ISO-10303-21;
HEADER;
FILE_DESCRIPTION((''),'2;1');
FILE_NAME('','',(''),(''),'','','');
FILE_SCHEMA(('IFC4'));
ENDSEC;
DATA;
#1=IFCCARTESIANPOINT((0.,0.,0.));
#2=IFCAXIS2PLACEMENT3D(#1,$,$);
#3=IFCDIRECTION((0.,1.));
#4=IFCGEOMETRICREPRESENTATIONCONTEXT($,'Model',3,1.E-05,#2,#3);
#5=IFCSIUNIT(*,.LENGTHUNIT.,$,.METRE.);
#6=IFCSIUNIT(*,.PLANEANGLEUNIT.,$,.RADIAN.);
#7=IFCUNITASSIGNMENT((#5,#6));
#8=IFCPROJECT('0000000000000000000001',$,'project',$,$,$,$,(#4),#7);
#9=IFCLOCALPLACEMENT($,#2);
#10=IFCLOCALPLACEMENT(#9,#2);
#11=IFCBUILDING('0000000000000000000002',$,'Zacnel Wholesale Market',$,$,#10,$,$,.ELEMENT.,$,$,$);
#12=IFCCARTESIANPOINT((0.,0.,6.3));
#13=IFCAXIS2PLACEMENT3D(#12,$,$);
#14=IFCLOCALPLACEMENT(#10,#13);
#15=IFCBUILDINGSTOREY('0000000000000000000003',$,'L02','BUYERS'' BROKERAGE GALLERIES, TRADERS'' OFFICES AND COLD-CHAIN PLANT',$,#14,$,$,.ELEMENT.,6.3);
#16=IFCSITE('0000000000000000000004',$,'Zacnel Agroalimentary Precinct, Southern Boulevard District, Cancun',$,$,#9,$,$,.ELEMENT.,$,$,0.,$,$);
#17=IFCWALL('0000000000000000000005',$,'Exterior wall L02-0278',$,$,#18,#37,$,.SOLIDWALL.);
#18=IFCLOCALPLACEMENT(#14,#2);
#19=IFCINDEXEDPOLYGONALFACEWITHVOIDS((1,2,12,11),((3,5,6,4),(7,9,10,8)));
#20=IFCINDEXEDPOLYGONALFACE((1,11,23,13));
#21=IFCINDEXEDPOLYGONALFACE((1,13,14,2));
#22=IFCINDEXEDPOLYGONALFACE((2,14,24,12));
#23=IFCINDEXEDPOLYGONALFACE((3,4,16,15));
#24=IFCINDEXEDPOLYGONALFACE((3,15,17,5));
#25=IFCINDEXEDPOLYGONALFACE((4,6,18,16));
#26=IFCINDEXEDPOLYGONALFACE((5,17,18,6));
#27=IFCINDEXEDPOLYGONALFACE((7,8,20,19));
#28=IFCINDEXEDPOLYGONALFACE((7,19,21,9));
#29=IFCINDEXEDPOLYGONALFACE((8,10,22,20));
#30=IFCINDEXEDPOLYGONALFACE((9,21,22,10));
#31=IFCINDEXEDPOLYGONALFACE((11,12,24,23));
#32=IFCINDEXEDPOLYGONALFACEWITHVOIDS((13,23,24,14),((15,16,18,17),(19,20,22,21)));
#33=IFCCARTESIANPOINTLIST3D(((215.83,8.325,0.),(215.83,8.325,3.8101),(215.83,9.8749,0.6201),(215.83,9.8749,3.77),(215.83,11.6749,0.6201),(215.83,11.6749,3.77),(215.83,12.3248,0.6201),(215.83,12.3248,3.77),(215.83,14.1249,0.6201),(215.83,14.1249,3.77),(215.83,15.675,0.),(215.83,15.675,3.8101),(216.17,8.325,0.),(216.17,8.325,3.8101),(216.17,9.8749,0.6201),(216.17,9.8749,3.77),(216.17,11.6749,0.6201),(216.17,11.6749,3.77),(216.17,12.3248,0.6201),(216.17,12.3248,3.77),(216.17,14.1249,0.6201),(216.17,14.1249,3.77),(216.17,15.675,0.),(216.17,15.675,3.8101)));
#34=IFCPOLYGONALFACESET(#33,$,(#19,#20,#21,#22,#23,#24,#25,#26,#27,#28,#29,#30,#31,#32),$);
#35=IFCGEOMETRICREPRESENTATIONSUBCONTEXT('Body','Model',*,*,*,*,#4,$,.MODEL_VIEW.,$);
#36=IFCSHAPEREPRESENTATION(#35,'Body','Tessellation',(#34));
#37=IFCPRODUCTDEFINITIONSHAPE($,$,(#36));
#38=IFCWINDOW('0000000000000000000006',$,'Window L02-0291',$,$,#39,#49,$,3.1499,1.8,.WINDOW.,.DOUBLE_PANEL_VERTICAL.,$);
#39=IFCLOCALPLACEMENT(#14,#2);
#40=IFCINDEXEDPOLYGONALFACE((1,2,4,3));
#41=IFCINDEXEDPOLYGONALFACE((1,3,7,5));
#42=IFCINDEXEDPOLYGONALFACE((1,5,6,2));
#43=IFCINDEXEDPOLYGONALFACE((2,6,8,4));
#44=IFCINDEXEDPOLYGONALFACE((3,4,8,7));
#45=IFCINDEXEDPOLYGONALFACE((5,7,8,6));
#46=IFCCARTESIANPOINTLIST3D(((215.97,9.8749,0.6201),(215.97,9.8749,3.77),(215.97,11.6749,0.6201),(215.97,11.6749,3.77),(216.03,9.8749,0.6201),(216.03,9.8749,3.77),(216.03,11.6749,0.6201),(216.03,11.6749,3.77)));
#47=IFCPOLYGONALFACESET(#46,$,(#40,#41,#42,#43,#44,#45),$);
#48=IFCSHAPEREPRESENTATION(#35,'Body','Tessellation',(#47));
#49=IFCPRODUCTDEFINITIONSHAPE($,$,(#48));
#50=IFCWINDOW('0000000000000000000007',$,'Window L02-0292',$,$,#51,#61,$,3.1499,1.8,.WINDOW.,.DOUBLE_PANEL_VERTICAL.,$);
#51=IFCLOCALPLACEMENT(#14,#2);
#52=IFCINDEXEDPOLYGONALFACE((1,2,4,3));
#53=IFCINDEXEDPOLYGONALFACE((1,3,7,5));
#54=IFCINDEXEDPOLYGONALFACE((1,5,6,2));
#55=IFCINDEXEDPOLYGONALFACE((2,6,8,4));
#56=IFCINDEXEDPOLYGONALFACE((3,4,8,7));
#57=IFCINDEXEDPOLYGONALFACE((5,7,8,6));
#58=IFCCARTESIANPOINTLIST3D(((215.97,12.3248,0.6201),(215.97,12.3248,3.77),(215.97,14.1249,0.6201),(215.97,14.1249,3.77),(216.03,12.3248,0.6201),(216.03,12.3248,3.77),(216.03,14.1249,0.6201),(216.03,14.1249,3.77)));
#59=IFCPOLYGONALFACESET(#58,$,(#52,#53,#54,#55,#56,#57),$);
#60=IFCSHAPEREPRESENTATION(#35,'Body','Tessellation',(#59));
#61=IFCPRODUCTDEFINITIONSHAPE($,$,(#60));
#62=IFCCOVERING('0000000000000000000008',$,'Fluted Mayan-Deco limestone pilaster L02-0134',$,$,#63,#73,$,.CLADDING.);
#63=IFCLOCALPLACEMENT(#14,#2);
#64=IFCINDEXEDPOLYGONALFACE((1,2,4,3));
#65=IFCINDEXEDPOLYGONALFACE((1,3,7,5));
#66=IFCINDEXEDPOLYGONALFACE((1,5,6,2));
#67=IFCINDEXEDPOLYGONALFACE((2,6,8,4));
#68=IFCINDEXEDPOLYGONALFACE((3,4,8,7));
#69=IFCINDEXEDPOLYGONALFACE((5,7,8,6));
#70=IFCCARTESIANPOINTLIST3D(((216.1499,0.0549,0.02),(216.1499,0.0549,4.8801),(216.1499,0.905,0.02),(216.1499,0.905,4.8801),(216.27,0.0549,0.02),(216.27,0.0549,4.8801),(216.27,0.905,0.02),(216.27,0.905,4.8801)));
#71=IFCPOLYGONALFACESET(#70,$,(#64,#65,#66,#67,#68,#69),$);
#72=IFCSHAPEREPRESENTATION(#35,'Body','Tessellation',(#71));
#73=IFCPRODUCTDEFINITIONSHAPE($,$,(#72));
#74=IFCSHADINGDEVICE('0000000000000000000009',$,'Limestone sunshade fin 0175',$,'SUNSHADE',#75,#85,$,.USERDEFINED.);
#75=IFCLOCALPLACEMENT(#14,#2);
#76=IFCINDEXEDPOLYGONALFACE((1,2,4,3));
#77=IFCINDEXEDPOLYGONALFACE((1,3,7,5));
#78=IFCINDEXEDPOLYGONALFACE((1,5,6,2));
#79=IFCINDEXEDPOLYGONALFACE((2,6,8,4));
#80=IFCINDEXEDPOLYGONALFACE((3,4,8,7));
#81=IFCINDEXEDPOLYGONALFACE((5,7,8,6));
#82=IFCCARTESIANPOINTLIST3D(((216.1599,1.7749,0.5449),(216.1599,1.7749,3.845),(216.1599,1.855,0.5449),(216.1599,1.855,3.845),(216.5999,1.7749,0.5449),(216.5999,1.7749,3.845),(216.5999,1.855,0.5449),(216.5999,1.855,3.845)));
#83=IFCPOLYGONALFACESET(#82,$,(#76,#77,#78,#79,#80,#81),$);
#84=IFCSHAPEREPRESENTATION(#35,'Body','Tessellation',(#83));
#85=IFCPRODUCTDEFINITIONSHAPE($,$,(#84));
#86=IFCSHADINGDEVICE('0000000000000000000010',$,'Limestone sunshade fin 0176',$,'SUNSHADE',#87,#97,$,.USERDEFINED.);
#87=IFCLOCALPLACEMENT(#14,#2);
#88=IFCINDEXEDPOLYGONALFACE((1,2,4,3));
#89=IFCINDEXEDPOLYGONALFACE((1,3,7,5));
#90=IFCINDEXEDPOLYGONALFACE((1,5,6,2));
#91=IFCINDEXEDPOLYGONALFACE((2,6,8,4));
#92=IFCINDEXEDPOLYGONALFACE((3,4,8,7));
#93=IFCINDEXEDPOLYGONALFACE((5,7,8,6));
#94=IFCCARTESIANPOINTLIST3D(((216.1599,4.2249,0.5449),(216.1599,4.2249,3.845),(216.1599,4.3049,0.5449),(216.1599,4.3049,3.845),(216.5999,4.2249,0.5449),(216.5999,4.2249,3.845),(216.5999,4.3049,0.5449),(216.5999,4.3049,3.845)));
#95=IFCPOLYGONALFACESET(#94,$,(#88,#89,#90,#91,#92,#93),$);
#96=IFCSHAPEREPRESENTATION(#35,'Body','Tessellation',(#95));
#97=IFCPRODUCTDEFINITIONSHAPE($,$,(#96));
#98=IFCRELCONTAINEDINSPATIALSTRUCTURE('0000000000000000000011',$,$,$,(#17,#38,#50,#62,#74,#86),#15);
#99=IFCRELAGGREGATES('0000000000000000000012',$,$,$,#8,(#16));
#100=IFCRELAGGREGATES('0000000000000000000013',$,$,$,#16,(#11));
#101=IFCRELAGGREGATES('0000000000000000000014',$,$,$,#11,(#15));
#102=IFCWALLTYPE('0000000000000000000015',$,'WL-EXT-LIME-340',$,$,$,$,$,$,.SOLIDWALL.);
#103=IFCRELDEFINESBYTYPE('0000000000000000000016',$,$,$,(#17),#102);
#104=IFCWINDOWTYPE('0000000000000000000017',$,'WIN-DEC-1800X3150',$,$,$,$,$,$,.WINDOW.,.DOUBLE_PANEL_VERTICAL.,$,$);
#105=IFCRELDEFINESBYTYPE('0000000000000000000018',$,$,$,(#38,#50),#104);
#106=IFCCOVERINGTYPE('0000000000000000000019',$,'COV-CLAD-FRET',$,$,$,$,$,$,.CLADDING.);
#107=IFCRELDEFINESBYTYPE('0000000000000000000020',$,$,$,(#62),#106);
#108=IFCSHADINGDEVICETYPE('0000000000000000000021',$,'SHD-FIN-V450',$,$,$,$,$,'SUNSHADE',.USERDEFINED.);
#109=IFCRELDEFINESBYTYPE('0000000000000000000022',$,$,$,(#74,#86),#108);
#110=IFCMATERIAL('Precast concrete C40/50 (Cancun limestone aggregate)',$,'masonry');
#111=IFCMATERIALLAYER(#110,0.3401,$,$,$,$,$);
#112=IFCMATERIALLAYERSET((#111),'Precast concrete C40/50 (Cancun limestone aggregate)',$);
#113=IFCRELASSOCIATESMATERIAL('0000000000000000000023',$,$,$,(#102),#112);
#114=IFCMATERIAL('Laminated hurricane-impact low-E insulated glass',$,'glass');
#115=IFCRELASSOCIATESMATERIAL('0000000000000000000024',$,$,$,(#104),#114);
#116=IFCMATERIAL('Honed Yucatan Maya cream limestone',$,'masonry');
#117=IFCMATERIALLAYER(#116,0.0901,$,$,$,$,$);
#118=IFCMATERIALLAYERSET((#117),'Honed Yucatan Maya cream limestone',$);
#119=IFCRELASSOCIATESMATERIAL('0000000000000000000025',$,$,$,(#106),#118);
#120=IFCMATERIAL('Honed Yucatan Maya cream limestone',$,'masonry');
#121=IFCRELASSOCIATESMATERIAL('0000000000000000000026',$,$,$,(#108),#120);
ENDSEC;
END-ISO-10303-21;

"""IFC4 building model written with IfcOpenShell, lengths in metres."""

from ifc_helpers import new_model, si_unit, direction, frame, frame_2d, origin, origin_2d, place, context, subcontext, project, spatial, rectangle, extrude, material, layer, layer_set, type_object, element, fill, save


model = new_model("IFC4")

# Units and contexts
model_context = context("Model", 3, precision=1e-05, world=origin(), true_north=direction((0.0, 1.0)))
body_context = subcontext(model_context, "Body", "Model", "MODEL_VIEW")
ifc_project = project(units=[si_unit("LENGTHUNIT", "METRE"), si_unit("PLANEANGLEUNIT", "RADIAN")], contexts=[model_context])

# Site, building, storey
site_placement = place(None, origin())
site = spatial("IfcSite", under=ifc_project, at=site_placement, Name="Zacnel Agroalimentary Precinct, Southern Boulevard District, Cancun", CompositionType="ELEMENT", RefElevation=0.0)
building_placement = place(site_placement, origin())
building = spatial("IfcBuilding", under=site, at=building_placement, Name="Zacnel Wholesale Market", CompositionType="ELEMENT")
storey_placement = place(building_placement, frame((0.0, 0.0, 6.3)))
storey = spatial("IfcBuildingStorey", under=building, at=storey_placement, Name="L02", Description="BUYERS' BROKERAGE GALLERIES, TRADERS' OFFICES AND COLD-CHAIN PLANT", CompositionType="ELEMENT", Elevation=6.3)

# Wall, openings, windows
ifc_material_1 = material(Name="Precast concrete C40/50 (Cancun limestone aggregate)", Category="masonry")
ifc_layer_1 = layer(ifc_material_1, 0.3401)
ifc_layer_set_1 = layer_set([ifc_layer_1], Name="Precast concrete C40/50 (Cancun limestone aggregate)")
wall_type = type_object("IfcWallType", Name="WL-EXT-LIME-340", PredefinedType="SOLIDWALL", material=ifc_layer_set_1)
ifc_material_2 = material(Name="Laminated hurricane-impact low-E insulated glass", Category="glass")
window_type = type_object("IfcWindowType", Name="WIN-DEC-1800X3150", PartitioningType="DOUBLE_PANEL_VERTICAL", PredefinedType="WINDOW", material=ifc_material_2)
wall_1_placement = place(storey_placement, frame((216.0, 8.325, 0.0), z_axis=(0.0, 0.0, 1.0), x_axis=(0.0, 1.0, 0.0)))
wall_1 = element("IfcWall", 1, at=wall_1_placement, inside=storey, type_object=wall_type, Name="Exterior wall L02-0278", PredefinedType="SOLIDWALL", context=body_context, shape_type="SweptSolid", body=[
    extrude(rectangle(XDim=7.3501, YDim=0.3401, at=frame_2d((3.675, 0.0))), origin(), (0.0, 0.0, 1.0), 3.8101),
])
opening_1_placement = place(wall_1_placement, frame((1.55, 0.0, 0.6201)))
opening_1 = element("IfcOpeningElement", 2, at=opening_1_placement, cuts=wall_1, PredefinedType="OPENING", context=body_context, shape_type="SweptSolid", body=[
    extrude(rectangle(XDim=1.8, YDim=3.1499, at=frame_2d((0.8999, 1.575))), frame((0.0, 0.1799, 0.0), z_axis=(0.0, -1.0, 0.0), x_axis=(1.0, 0.0, 0.0)), (0.0, 0.0, 1.0), 0.3601),
])
opening_2_placement = place(wall_1_placement, frame((4.0, 0.0, 0.6201)))
opening_2 = element("IfcOpeningElement", 3, at=opening_2_placement, cuts=wall_1, PredefinedType="OPENING", context=body_context, shape_type="SweptSolid", body=[
    extrude(rectangle(XDim=1.8, YDim=3.1499, at=frame_2d((0.8999, 1.575))), frame((0.0, 0.1799, 0.0), z_axis=(0.0, -1.0, 0.0), x_axis=(1.0, 0.0, 0.0)), (0.0, 0.0, 1.0), 0.3601),
])
window_1_placement = place(opening_1_placement, origin())
window_1 = element("IfcWindow", 4, at=window_1_placement, inside=storey, type_object=window_type, Name="Window L02-0291", OverallHeight=3.1499, OverallWidth=1.8, PartitioningType="DOUBLE_PANEL_VERTICAL", PredefinedType="WINDOW", context=body_context, shape_type="SweptSolid", body=[
    extrude(rectangle(XDim=1.8, YDim=3.1499, at=frame_2d((0.8999, 1.575))), frame((0.0, 0.03, 0.0), z_axis=(0.0, -1.0, 0.0), x_axis=(1.0, 0.0, 0.0)), (0.0, 0.0, 1.0), 0.0601),
])
fill(opening_1, window_1)
window_2_placement = place(opening_2_placement, origin())
window_2 = element("IfcWindow", 5, at=window_2_placement, inside=storey, type_object=window_type, Name="Window L02-0292", OverallHeight=3.1499, OverallWidth=1.8, PartitioningType="DOUBLE_PANEL_VERTICAL", PredefinedType="WINDOW", context=body_context, shape_type="SweptSolid", body=[
    extrude(rectangle(XDim=1.8, YDim=3.1499, at=frame_2d((0.8999, 1.575))), frame((0.0, 0.03, 0.0), z_axis=(0.0, -1.0, 0.0), x_axis=(1.0, 0.0, 0.0)), (0.0, 0.0, 1.0), 0.0601),
])
fill(opening_2, window_2)

# Covering
ifc_material_3 = material(Name="Honed Yucatan Maya cream limestone", Category="masonry")
ifc_layer_2 = layer(ifc_material_3, 0.0901)
ifc_layer_set_2 = layer_set([ifc_layer_2], Name="Honed Yucatan Maya cream limestone")
covering_type = type_object("IfcCoveringType", Name="COV-CLAD-FRET", PredefinedType="CLADDING", material=ifc_layer_set_2)
covering_placement = place(storey_placement, frame((216.21, 0.48, 0.02), z_axis=(0.0, 0.0, 1.0), x_axis=(0.0, 1.0, 0.0)))
element("IfcCovering", 6, at=covering_placement, inside=storey, type_object=covering_type, Name="Fluted Mayan-Deco limestone pilaster L02-0134", PredefinedType="CLADDING", context=body_context, shape_type="SweptSolid", body=[
    extrude(rectangle(XDim=0.8501, YDim=0.1201, at=origin_2d()), origin(), (0.0, 0.0, 1.0), 4.8601),
])

# Shading devices
ifc_material_4 = material(Name="Honed Yucatan Maya cream limestone", Category="masonry")
shading_device_type = type_object("IfcShadingDeviceType", Name="SHD-FIN-V450", ElementType="SUNSHADE", PredefinedType="USERDEFINED", material=ifc_material_4)
for number, where, z_axis, x_axis, name in (
    (7, (216.3799, 1.8149, 0.5449), (0.0, 0.0, 1.0), (0.0, 1.0, 0.0), "Limestone sunshade fin 0175"),
    (8, (216.3799, 4.2649, 0.5449), (0.0, 0.0, 1.0), (0.0, 1.0, 0.0), "Limestone sunshade fin 0176"),
):
    element("IfcShadingDevice", number, at=place(storey_placement, frame(where, z_axis=z_axis, x_axis=x_axis)), inside=storey, type_object=shading_device_type, Name=name, ObjectType="SUNSHADE", PredefinedType="USERDEFINED", context=body_context, shape_type="SweptSolid", body=[
        extrude(rectangle(XDim=0.0801, YDim=0.4399, at=origin_2d()), origin(), (0.0, 0.0, 1.0), 3.3),
    ])

save(model, "model.ifc")
